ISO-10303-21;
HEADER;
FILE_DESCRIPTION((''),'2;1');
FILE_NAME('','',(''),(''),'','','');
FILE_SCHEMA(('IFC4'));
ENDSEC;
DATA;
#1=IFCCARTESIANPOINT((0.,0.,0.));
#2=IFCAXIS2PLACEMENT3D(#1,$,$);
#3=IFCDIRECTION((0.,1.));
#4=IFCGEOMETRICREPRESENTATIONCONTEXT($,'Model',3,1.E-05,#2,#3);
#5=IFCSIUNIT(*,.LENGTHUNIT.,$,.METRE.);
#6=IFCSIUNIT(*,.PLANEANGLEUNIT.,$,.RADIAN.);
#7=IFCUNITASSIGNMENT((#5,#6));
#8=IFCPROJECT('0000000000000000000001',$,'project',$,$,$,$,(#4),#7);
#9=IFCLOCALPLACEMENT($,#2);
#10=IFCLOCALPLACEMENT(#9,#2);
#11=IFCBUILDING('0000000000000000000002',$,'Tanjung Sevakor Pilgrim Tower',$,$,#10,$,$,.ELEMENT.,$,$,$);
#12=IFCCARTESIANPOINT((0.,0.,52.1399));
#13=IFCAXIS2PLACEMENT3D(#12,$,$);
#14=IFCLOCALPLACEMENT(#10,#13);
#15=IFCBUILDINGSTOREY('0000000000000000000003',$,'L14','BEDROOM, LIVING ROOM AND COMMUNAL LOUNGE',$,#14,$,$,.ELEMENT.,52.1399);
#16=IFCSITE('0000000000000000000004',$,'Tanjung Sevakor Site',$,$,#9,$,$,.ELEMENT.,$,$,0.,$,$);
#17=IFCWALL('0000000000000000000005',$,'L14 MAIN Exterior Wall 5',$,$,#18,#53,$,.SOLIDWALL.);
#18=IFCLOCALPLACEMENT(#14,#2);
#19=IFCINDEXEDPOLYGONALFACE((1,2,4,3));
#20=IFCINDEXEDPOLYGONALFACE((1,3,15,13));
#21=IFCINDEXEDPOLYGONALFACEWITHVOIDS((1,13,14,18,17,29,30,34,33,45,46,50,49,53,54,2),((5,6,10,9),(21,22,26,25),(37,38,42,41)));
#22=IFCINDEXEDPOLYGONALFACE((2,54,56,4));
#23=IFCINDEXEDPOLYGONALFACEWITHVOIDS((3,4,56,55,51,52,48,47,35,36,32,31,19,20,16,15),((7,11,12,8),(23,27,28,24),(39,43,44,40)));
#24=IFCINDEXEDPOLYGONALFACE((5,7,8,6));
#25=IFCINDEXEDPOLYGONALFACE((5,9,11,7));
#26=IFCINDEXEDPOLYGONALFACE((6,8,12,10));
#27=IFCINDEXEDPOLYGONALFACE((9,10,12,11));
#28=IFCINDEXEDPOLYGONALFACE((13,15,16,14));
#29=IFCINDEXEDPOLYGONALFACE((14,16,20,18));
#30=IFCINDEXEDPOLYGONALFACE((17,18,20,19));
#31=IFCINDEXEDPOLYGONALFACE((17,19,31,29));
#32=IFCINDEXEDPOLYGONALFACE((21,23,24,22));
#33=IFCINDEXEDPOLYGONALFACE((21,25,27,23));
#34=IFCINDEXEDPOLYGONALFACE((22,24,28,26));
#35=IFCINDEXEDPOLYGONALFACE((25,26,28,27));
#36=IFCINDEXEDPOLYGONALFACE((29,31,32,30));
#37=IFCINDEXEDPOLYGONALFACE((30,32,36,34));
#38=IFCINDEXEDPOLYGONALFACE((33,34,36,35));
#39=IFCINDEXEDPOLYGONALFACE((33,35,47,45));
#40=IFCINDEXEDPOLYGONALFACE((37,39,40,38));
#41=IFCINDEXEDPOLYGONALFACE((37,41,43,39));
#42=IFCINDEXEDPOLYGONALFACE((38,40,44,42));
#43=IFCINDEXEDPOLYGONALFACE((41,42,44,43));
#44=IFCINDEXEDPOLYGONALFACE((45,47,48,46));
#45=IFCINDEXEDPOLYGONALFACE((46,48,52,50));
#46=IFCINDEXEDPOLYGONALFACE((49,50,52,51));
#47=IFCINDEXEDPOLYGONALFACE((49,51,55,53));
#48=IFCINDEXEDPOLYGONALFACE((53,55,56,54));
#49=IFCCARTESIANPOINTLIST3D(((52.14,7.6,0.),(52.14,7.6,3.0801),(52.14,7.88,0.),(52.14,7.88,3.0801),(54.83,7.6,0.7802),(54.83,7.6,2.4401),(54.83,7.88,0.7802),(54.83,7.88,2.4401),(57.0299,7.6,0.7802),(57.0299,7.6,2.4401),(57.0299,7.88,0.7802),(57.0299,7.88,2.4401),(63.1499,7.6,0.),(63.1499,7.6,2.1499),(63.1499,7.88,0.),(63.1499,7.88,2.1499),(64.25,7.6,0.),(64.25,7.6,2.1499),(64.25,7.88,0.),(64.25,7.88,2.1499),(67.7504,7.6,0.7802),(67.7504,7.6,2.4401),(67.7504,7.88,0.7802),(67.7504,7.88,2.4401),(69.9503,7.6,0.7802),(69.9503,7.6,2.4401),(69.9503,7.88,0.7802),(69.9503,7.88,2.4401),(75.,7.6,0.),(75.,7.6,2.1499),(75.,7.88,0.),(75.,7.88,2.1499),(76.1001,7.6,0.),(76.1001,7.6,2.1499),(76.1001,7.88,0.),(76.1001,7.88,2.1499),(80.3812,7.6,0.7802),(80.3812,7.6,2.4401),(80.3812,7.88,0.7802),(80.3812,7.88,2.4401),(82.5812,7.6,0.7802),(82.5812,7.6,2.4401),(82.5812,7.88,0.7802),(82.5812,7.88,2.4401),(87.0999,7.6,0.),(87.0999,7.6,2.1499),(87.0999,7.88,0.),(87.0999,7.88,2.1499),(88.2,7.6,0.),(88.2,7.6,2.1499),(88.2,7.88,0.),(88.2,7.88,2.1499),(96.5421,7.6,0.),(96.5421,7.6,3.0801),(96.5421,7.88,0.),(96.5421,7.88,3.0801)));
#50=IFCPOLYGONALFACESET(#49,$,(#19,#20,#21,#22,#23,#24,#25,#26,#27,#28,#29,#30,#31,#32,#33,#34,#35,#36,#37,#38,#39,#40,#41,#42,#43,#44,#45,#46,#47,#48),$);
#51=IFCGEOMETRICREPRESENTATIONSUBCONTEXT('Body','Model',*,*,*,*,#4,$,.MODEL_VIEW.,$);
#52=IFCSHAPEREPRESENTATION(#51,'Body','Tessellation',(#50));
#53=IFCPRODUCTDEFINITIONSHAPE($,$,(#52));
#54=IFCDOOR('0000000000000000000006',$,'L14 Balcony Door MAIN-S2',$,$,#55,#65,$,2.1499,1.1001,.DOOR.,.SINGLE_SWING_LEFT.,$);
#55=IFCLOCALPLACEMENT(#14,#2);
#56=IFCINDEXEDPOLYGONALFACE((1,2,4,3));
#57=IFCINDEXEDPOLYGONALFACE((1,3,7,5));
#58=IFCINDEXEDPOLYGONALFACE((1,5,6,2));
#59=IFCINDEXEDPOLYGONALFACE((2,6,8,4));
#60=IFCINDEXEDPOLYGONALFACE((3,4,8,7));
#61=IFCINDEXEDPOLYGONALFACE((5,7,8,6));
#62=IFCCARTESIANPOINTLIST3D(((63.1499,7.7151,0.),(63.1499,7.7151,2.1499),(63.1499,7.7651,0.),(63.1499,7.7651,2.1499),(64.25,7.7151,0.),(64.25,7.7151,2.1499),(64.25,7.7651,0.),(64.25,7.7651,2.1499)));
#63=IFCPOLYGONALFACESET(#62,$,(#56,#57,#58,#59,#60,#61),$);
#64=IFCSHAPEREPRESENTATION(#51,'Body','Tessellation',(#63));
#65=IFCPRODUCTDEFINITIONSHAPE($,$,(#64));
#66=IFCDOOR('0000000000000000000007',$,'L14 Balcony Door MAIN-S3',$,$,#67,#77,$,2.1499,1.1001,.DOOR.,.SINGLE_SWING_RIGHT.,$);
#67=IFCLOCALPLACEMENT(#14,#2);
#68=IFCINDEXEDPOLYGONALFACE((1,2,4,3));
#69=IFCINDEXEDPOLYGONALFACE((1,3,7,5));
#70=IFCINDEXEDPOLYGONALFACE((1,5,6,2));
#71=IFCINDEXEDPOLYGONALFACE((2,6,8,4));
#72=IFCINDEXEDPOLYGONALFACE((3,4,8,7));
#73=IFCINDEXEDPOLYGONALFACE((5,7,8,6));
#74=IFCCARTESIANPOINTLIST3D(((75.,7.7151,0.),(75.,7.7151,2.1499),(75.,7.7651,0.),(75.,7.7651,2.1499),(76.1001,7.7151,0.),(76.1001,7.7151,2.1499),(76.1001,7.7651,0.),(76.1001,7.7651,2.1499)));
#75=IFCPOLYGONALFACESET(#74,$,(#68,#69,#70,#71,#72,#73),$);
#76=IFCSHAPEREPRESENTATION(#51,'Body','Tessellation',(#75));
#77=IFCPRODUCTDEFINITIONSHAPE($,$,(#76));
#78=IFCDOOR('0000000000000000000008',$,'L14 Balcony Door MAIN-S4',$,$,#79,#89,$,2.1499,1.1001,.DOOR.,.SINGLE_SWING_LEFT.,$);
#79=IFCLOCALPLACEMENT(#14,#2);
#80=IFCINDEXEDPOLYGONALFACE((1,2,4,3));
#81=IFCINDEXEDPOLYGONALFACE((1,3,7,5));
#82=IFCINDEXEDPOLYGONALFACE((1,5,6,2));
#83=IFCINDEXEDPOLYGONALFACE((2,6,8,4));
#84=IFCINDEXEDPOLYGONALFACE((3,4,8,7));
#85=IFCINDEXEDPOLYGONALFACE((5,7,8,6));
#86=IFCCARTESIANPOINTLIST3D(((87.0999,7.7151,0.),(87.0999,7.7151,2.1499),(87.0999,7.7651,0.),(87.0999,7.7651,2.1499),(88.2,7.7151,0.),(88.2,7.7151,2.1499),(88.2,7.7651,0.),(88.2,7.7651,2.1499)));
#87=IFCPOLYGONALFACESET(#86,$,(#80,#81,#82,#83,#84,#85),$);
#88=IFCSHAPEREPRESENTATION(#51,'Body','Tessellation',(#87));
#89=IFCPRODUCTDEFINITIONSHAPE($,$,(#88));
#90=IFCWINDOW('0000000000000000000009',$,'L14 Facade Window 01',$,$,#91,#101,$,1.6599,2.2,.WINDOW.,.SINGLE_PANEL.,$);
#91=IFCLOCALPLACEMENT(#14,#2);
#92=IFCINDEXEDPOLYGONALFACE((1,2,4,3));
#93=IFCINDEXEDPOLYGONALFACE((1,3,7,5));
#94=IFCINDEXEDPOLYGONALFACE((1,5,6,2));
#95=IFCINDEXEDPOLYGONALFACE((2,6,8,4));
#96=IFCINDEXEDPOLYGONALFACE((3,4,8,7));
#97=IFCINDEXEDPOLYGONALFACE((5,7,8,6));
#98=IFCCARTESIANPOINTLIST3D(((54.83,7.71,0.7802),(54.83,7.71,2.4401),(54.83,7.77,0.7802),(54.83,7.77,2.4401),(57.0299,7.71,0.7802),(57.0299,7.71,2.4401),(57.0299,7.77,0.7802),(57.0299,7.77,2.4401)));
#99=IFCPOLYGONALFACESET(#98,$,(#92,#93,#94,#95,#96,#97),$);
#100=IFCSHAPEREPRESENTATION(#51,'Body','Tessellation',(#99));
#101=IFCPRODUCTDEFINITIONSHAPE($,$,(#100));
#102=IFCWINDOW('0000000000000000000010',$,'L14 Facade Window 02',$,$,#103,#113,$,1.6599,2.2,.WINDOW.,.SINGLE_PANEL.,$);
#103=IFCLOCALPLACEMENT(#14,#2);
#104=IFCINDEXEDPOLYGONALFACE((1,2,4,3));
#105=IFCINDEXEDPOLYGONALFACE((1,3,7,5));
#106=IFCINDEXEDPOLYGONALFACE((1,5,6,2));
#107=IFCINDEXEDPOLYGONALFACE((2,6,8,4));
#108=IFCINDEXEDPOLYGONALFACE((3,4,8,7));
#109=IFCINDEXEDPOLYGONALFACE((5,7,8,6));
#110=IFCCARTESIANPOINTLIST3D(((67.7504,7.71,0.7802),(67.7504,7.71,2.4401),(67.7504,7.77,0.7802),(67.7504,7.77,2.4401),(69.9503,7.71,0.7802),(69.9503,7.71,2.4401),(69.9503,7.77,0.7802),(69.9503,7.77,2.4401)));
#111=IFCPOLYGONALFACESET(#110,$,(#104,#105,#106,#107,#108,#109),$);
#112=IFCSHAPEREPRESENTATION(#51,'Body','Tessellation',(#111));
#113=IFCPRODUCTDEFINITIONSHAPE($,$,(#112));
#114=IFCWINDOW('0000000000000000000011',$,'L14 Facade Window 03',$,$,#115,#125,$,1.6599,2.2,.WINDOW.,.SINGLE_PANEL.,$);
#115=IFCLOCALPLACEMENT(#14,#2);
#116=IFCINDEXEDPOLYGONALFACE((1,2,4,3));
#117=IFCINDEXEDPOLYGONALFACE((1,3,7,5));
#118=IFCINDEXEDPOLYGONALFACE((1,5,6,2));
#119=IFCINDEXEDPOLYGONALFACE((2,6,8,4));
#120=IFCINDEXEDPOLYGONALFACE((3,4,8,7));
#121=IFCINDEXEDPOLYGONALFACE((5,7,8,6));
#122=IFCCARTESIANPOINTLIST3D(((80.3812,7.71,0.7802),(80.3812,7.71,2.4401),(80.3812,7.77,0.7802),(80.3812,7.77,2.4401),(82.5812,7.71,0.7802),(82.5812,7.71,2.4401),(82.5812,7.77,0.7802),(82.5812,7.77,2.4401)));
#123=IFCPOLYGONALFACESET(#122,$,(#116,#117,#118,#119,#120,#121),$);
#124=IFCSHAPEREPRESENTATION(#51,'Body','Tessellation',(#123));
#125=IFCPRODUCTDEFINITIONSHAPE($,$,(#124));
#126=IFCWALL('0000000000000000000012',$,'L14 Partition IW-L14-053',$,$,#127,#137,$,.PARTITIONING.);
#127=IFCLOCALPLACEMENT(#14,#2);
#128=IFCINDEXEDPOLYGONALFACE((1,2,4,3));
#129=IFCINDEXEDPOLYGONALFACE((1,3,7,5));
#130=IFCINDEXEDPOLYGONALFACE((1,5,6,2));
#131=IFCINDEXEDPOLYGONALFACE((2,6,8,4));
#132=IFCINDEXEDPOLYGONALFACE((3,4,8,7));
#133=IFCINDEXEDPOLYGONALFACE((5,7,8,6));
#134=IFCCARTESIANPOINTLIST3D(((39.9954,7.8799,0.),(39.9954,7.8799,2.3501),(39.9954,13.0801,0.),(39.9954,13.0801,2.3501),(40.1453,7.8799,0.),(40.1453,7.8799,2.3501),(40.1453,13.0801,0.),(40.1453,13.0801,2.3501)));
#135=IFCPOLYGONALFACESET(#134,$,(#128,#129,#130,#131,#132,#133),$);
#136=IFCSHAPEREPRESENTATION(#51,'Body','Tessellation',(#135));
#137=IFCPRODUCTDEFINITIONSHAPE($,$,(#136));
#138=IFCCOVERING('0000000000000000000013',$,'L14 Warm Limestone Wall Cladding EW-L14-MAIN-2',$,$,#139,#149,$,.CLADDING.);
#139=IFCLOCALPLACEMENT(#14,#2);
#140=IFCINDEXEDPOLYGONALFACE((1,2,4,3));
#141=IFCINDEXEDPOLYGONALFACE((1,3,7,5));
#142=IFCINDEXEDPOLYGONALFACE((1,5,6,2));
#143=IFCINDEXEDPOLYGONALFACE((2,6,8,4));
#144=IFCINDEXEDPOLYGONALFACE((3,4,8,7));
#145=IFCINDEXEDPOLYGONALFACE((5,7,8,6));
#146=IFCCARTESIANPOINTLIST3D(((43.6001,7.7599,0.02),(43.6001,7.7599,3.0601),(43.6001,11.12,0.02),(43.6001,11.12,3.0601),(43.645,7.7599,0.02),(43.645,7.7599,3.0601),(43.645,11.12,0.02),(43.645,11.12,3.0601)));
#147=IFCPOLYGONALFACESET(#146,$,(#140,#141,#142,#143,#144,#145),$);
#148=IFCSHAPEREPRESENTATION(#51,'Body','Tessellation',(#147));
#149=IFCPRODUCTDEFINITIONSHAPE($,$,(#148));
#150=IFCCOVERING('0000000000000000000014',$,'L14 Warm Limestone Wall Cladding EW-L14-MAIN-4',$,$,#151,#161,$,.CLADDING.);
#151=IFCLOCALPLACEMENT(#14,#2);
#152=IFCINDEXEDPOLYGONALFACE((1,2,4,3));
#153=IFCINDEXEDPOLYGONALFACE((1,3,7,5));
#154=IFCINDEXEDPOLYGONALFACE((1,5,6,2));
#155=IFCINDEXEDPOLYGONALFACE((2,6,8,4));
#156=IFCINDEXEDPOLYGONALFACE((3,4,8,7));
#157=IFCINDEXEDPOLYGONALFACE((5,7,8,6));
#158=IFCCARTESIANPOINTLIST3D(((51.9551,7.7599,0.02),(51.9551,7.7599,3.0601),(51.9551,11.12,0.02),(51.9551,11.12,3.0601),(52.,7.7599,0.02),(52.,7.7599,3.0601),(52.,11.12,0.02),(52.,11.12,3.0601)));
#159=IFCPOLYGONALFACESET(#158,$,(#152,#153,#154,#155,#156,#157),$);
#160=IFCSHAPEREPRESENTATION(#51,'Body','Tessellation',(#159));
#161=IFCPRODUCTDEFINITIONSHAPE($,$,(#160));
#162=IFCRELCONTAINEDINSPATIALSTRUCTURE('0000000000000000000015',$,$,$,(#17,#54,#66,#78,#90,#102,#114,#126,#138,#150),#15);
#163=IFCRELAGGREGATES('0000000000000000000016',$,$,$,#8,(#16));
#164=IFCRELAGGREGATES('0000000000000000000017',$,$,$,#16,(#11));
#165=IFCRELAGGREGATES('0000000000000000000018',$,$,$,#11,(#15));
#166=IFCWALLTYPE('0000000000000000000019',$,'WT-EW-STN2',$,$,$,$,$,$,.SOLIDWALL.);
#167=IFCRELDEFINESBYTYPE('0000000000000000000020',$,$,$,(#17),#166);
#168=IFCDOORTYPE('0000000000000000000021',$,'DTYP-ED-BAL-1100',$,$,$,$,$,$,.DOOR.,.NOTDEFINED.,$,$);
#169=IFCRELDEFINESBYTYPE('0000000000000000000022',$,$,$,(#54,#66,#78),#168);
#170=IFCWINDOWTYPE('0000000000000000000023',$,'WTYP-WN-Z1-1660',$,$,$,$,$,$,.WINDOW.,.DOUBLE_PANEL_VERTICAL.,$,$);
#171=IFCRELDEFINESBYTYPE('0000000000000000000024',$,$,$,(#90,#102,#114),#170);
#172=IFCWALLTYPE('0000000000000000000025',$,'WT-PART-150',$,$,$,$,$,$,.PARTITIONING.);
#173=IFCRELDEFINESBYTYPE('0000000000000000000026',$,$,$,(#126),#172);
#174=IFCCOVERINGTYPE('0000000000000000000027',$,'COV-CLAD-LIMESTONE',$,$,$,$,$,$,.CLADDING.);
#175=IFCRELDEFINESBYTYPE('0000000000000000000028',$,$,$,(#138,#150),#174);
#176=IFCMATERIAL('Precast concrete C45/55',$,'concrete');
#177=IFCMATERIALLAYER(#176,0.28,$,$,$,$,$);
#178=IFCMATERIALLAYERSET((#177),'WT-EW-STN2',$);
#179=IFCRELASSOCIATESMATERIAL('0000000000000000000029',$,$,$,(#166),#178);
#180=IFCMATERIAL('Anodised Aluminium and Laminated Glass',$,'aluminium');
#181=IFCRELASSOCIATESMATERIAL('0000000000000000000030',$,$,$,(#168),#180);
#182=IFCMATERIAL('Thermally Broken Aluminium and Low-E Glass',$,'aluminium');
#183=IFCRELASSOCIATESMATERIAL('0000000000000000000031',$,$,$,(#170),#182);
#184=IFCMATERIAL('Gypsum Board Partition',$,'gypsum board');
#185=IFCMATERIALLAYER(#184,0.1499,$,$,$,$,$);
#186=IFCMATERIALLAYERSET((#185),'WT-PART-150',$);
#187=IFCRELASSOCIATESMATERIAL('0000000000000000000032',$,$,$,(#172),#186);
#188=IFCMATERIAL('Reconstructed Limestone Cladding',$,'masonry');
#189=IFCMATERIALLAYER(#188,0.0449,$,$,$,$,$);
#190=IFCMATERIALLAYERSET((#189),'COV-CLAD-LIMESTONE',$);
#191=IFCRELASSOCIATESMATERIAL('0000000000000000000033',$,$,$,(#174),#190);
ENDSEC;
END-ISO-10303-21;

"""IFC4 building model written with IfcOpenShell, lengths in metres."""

from ifc_helpers import new_model, si_unit, direction, frame, frame_2d, origin, origin_2d, place, context, subcontext, project, spatial, rectangle, extrude, material, layer, layer_set, type_object, element, fill, save


model = new_model("IFC4")

# Units and contexts
model_context = context("Model", 3, precision=1e-05, world=origin(), true_north=direction((0.0, 1.0)))
body_context = subcontext(model_context, "Body", "Model", "MODEL_VIEW")
ifc_project = project(units=[si_unit("LENGTHUNIT", "METRE"), si_unit("PLANEANGLEUNIT", "RADIAN")], contexts=[model_context])

# Site, building, storey
site_placement = place(None, origin())
site = spatial("IfcSite", under=ifc_project, at=site_placement, Name="Tanjung Sevakor Site", CompositionType="ELEMENT", RefElevation=0.0)
building_placement = place(site_placement, origin())
building = spatial("IfcBuilding", under=site, at=building_placement, Name="Tanjung Sevakor Pilgrim Tower", CompositionType="ELEMENT")
storey_placement = place(building_placement, frame((0.0, 0.0, 52.1399)))
storey = spatial("IfcBuildingStorey", under=building, at=storey_placement, Name="L14", Description="BEDROOM, LIVING ROOM AND COMMUNAL LOUNGE", CompositionType="ELEMENT", Elevation=52.1399)

# Shared definitions
ifc_material_1 = material(Name="Precast concrete C45/55", Category="concrete")
ifc_layer_1 = layer(ifc_material_1, 0.28)
ifc_layer_set_1 = layer_set([ifc_layer_1], Name="WT-EW-STN2")
wall_type_1 = type_object("IfcWallType", Name="WT-EW-STN2", PredefinedType="SOLIDWALL", material=ifc_layer_set_1)

# Wall, openings, doors, windows
wall_1_placement = place(storey_placement, frame((52.1399, 7.74, 0.0), z_axis=(0.0, 0.0, 1.0), x_axis=(1.0, 0.0, 0.0)))
wall_1 = element("IfcWall", 1, at=wall_1_placement, inside=storey, type_object=wall_type_1, Name="L14 MAIN Exterior Wall 5", PredefinedType="SOLIDWALL", context=body_context, shape_type="SweptSolid", body=[
    extrude(rectangle(XDim=44.4021, YDim=0.28, at=frame_2d((22.2012, 0.0))), origin(), (0.0, 0.0, 1.0), 3.0801),
])
opening_1_placement = place(wall_1_placement, frame((11.01, 0.0, 0.0)))
opening_1 = element("IfcOpeningElement", 2, at=opening_1_placement, cuts=wall_1, PredefinedType="OPENING", context=body_context, shape_type="SweptSolid", body=[
    extrude(rectangle(XDim=1.1001, YDim=2.1499, at=frame_2d((0.55, 1.075))), frame((0.0, 0.1499, 0.0), z_axis=(0.0, -1.0, 0.0), x_axis=(1.0, 0.0, 0.0)), (0.0, 0.0, 1.0), 0.3),
])
opening_2_placement = place(wall_1_placement, frame((22.8601, 0.0, 0.0)))
opening_2 = element("IfcOpeningElement", 3, at=opening_2_placement, cuts=wall_1, PredefinedType="OPENING", context=body_context, shape_type="SweptSolid", body=[
    extrude(rectangle(XDim=1.1001, YDim=2.1499, at=frame_2d((0.55, 1.075))), frame((0.0, 0.1499, 0.0), z_axis=(0.0, -1.0, 0.0), x_axis=(1.0, 0.0, 0.0)), (0.0, 0.0, 1.0), 0.3),
])
opening_3_placement = place(wall_1_placement, frame((34.96, 0.0, 0.0)))
opening_3 = element("IfcOpeningElement", 4, at=opening_3_placement, cuts=wall_1, PredefinedType="OPENING", context=body_context, shape_type="SweptSolid", body=[
    extrude(rectangle(XDim=1.1001, YDim=2.1499, at=frame_2d((0.55, 1.075))), frame((0.0, 0.1499, 0.0), z_axis=(0.0, -1.0, 0.0), x_axis=(1.0, 0.0, 0.0)), (0.0, 0.0, 1.0), 0.3),
])
opening_4_placement = place(wall_1_placement, frame((2.6899, 0.0, 0.78)))
opening_4 = element("IfcOpeningElement", 5, at=opening_4_placement, cuts=wall_1, PredefinedType="OPENING", context=body_context, shape_type="SweptSolid", body=[
    extrude(rectangle(XDim=2.2, YDim=1.6599, at=frame_2d((1.1001, 0.8301))), frame((0.0, 0.1499, 0.0), z_axis=(0.0, -1.0, 0.0), x_axis=(1.0, 0.0, 0.0)), (0.0, 0.0, 1.0), 0.3),
])
opening_5_placement = place(wall_1_placement, frame((15.6104, 0.0, 0.78)))
opening_5 = element("IfcOpeningElement", 6, at=opening_5_placement, cuts=wall_1, PredefinedType="OPENING", context=body_context, shape_type="SweptSolid", body=[
    extrude(rectangle(XDim=2.2, YDim=1.6599, at=frame_2d((1.1001, 0.8301))), frame((0.0, 0.1499, 0.0), z_axis=(0.0, -1.0, 0.0), x_axis=(1.0, 0.0, 0.0)), (0.0, 0.0, 1.0), 0.3),
])
opening_6_placement = place(wall_1_placement, frame((28.2412, 0.0, 0.78)))
opening_6 = element("IfcOpeningElement", 7, at=opening_6_placement, cuts=wall_1, PredefinedType="OPENING", context=body_context, shape_type="SweptSolid", body=[
    extrude(rectangle(XDim=2.2, YDim=1.6599, at=frame_2d((1.1001, 0.8301))), frame((0.0, 0.1499, 0.0), z_axis=(0.0, -1.0, 0.0), x_axis=(1.0, 0.0, 0.0)), (0.0, 0.0, 1.0), 0.3),
])
ifc_material_2 = material(Name="Anodised Aluminium and Laminated Glass", Category="aluminium")
door_type = type_object("IfcDoorType", Name="DTYP-ED-BAL-1100", OperationType="NOTDEFINED", PredefinedType="DOOR", material=ifc_material_2)
door_1_placement = place(opening_1_placement, frame((1.1001, 0.0, 0.0), z_axis=(0.0, 0.0, 1.0), x_axis=(-1.0, 0.0, 0.0)))
door_1 = element("IfcDoor", 8, at=door_1_placement, inside=storey, type_object=door_type, Name="L14 Balcony Door MAIN-S2", OperationType="SINGLE_SWING_LEFT", OverallHeight=2.1499, OverallWidth=1.1001, PredefinedType="DOOR", context=body_context, shape_type="SweptSolid", body=[
    extrude(rectangle(XDim=1.1001, YDim=2.1499, at=frame_2d((0.55, 1.075))), frame((0.0, 0.0249, 0.0), z_axis=(0.0, -1.0, 0.0), x_axis=(1.0, 0.0, 0.0)), (0.0, 0.0, 1.0), 0.05),
])
fill(opening_1, door_1)
door_2_placement = place(opening_2_placement, frame((1.1001, 0.0, 0.0), z_axis=(0.0, 0.0, 1.0), x_axis=(-1.0, 0.0, 0.0)))
door_2 = element("IfcDoor", 9, at=door_2_placement, inside=storey, type_object=door_type, Name="L14 Balcony Door MAIN-S3", OperationType="SINGLE_SWING_RIGHT", OverallHeight=2.1499, OverallWidth=1.1001, PredefinedType="DOOR", context=body_context, shape_type="SweptSolid", body=[
    extrude(rectangle(XDim=1.1001, YDim=2.1499, at=frame_2d((0.55, 1.075))), frame((0.0, 0.0249, 0.0), z_axis=(0.0, -1.0, 0.0), x_axis=(1.0, 0.0, 0.0)), (0.0, 0.0, 1.0), 0.05),
])
fill(opening_2, door_2)
door_3_placement = place(opening_3_placement, frame((1.1001, 0.0, 0.0), z_axis=(0.0, 0.0, 1.0), x_axis=(-1.0, 0.0, 0.0)))
door_3 = element("IfcDoor", 10, at=door_3_placement, inside=storey, type_object=door_type, Name="L14 Balcony Door MAIN-S4", OperationType="SINGLE_SWING_LEFT", OverallHeight=2.1499, OverallWidth=1.1001, PredefinedType="DOOR", context=body_context, shape_type="SweptSolid", body=[
    extrude(rectangle(XDim=1.1001, YDim=2.1499, at=frame_2d((0.55, 1.075))), frame((0.0, 0.0249, 0.0), z_axis=(0.0, -1.0, 0.0), x_axis=(1.0, 0.0, 0.0)), (0.0, 0.0, 1.0), 0.05),
])
fill(opening_3, door_3)
ifc_material_3 = material(Name="Thermally Broken Aluminium and Low-E Glass", Category="aluminium")
window_type = type_object("IfcWindowType", Name="WTYP-WN-Z1-1660", PartitioningType="DOUBLE_PANEL_VERTICAL", PredefinedType="WINDOW", material=ifc_material_3)
window_1_placement = place(opening_4_placement, origin())
window_1 = element("IfcWindow", 11, at=window_1_placement, inside=storey, type_object=window_type, Name="L14 Facade Window 01", OverallHeight=1.6599, OverallWidth=2.2, PartitioningType="SINGLE_PANEL", PredefinedType="WINDOW", context=body_context, shape_type="SweptSolid", body=[
    extrude(rectangle(XDim=2.2, YDim=1.6599, at=frame_2d((1.1001, 0.8301))), frame((0.0, 0.03, 0.0), z_axis=(0.0, -1.0, 0.0), x_axis=(1.0, 0.0, 0.0)), (0.0, 0.0, 1.0), 0.0601),
])
fill(opening_4, window_1)
window_2_placement = place(opening_5_placement, origin())
window_2 = element("IfcWindow", 12, at=window_2_placement, inside=storey, type_object=window_type, Name="L14 Facade Window 02", OverallHeight=1.6599, OverallWidth=2.2, PartitioningType="SINGLE_PANEL", PredefinedType="WINDOW", context=body_context, shape_type="SweptSolid", body=[
    extrude(rectangle(XDim=2.2, YDim=1.6599, at=frame_2d((1.1001, 0.8301))), frame((0.0, 0.03, 0.0), z_axis=(0.0, -1.0, 0.0), x_axis=(1.0, 0.0, 0.0)), (0.0, 0.0, 1.0), 0.0601),
])
fill(opening_5, window_2)
window_3_placement = place(opening_6_placement, origin())
window_3 = element("IfcWindow", 13, at=window_3_placement, inside=storey, type_object=window_type, Name="L14 Facade Window 03", OverallHeight=1.6599, OverallWidth=2.2, PartitioningType="SINGLE_PANEL", PredefinedType="WINDOW", context=body_context, shape_type="SweptSolid", body=[
    extrude(rectangle(XDim=2.2, YDim=1.6599, at=frame_2d((1.1001, 0.8301))), frame((0.0, 0.03, 0.0), z_axis=(0.0, -1.0, 0.0), x_axis=(1.0, 0.0, 0.0)), (0.0, 0.0, 1.0), 0.0601),
])
fill(opening_6, window_3)

# Wall
ifc_material_4 = material(Name="Gypsum Board Partition", Category="gypsum board")
ifc_layer_2 = layer(ifc_material_4, 0.1499)
ifc_layer_set_2 = layer_set([ifc_layer_2], Name="WT-PART-150")
wall_type_2 = type_object("IfcWallType", Name="WT-PART-150", PredefinedType="PARTITIONING", material=ifc_layer_set_2)
wall_2_placement = place(storey_placement, frame((40.0703, 7.8799, 0.0), z_axis=(0.0, 0.0, 1.0), x_axis=(0.0, 1.0, 0.0)))
element("IfcWall", 14, at=wall_2_placement, inside=storey, type_object=wall_type_2, Name="L14 Partition IW-L14-053", PredefinedType="PARTITIONING", context=body_context, shape_type="SweptSolid", body=[
    extrude(rectangle(XDim=5.2002, YDim=0.1499, at=frame_2d((2.6001, 0.0))), origin(), (0.0, 0.0, 1.0), 2.3501),
])

# Coverings
ifc_material_5 = material(Name="Reconstructed Limestone Cladding", Category="masonry")
ifc_layer_3 = layer(ifc_material_5, 0.0449)
ifc_layer_set_3 = layer_set([ifc_layer_3], Name="COV-CLAD-LIMESTONE")
covering_type = type_object("IfcCoveringType", Name="COV-CLAD-LIMESTONE", PredefinedType="CLADDING", material=ifc_layer_set_3)
for number, where, z_axis, x_axis, name in (
    (15, (43.6226, 9.4399, 0.02), (0.0, 0.0, 1.0), (0.0, 1.0, 0.0), "L14 Warm Limestone Wall Cladding EW-L14-MAIN-2"),
    (16, (51.9775, 9.4399, 0.02), (0.0, 0.0, 1.0), (0.0, -1.0, 0.0), "L14 Warm Limestone Wall Cladding EW-L14-MAIN-4"),
):
    element("IfcCovering", number, at=place(storey_placement, frame(where, z_axis=z_axis, x_axis=x_axis)), inside=storey, type_object=covering_type, Name=name, PredefinedType="CLADDING", context=body_context, shape_type="SweptSolid", body=[
        extrude(rectangle(XDim=3.3601, YDim=0.0449, at=origin_2d()), origin(), (0.0, 0.0, 1.0), 3.04),
    ])

save(model, "model.ifc")
